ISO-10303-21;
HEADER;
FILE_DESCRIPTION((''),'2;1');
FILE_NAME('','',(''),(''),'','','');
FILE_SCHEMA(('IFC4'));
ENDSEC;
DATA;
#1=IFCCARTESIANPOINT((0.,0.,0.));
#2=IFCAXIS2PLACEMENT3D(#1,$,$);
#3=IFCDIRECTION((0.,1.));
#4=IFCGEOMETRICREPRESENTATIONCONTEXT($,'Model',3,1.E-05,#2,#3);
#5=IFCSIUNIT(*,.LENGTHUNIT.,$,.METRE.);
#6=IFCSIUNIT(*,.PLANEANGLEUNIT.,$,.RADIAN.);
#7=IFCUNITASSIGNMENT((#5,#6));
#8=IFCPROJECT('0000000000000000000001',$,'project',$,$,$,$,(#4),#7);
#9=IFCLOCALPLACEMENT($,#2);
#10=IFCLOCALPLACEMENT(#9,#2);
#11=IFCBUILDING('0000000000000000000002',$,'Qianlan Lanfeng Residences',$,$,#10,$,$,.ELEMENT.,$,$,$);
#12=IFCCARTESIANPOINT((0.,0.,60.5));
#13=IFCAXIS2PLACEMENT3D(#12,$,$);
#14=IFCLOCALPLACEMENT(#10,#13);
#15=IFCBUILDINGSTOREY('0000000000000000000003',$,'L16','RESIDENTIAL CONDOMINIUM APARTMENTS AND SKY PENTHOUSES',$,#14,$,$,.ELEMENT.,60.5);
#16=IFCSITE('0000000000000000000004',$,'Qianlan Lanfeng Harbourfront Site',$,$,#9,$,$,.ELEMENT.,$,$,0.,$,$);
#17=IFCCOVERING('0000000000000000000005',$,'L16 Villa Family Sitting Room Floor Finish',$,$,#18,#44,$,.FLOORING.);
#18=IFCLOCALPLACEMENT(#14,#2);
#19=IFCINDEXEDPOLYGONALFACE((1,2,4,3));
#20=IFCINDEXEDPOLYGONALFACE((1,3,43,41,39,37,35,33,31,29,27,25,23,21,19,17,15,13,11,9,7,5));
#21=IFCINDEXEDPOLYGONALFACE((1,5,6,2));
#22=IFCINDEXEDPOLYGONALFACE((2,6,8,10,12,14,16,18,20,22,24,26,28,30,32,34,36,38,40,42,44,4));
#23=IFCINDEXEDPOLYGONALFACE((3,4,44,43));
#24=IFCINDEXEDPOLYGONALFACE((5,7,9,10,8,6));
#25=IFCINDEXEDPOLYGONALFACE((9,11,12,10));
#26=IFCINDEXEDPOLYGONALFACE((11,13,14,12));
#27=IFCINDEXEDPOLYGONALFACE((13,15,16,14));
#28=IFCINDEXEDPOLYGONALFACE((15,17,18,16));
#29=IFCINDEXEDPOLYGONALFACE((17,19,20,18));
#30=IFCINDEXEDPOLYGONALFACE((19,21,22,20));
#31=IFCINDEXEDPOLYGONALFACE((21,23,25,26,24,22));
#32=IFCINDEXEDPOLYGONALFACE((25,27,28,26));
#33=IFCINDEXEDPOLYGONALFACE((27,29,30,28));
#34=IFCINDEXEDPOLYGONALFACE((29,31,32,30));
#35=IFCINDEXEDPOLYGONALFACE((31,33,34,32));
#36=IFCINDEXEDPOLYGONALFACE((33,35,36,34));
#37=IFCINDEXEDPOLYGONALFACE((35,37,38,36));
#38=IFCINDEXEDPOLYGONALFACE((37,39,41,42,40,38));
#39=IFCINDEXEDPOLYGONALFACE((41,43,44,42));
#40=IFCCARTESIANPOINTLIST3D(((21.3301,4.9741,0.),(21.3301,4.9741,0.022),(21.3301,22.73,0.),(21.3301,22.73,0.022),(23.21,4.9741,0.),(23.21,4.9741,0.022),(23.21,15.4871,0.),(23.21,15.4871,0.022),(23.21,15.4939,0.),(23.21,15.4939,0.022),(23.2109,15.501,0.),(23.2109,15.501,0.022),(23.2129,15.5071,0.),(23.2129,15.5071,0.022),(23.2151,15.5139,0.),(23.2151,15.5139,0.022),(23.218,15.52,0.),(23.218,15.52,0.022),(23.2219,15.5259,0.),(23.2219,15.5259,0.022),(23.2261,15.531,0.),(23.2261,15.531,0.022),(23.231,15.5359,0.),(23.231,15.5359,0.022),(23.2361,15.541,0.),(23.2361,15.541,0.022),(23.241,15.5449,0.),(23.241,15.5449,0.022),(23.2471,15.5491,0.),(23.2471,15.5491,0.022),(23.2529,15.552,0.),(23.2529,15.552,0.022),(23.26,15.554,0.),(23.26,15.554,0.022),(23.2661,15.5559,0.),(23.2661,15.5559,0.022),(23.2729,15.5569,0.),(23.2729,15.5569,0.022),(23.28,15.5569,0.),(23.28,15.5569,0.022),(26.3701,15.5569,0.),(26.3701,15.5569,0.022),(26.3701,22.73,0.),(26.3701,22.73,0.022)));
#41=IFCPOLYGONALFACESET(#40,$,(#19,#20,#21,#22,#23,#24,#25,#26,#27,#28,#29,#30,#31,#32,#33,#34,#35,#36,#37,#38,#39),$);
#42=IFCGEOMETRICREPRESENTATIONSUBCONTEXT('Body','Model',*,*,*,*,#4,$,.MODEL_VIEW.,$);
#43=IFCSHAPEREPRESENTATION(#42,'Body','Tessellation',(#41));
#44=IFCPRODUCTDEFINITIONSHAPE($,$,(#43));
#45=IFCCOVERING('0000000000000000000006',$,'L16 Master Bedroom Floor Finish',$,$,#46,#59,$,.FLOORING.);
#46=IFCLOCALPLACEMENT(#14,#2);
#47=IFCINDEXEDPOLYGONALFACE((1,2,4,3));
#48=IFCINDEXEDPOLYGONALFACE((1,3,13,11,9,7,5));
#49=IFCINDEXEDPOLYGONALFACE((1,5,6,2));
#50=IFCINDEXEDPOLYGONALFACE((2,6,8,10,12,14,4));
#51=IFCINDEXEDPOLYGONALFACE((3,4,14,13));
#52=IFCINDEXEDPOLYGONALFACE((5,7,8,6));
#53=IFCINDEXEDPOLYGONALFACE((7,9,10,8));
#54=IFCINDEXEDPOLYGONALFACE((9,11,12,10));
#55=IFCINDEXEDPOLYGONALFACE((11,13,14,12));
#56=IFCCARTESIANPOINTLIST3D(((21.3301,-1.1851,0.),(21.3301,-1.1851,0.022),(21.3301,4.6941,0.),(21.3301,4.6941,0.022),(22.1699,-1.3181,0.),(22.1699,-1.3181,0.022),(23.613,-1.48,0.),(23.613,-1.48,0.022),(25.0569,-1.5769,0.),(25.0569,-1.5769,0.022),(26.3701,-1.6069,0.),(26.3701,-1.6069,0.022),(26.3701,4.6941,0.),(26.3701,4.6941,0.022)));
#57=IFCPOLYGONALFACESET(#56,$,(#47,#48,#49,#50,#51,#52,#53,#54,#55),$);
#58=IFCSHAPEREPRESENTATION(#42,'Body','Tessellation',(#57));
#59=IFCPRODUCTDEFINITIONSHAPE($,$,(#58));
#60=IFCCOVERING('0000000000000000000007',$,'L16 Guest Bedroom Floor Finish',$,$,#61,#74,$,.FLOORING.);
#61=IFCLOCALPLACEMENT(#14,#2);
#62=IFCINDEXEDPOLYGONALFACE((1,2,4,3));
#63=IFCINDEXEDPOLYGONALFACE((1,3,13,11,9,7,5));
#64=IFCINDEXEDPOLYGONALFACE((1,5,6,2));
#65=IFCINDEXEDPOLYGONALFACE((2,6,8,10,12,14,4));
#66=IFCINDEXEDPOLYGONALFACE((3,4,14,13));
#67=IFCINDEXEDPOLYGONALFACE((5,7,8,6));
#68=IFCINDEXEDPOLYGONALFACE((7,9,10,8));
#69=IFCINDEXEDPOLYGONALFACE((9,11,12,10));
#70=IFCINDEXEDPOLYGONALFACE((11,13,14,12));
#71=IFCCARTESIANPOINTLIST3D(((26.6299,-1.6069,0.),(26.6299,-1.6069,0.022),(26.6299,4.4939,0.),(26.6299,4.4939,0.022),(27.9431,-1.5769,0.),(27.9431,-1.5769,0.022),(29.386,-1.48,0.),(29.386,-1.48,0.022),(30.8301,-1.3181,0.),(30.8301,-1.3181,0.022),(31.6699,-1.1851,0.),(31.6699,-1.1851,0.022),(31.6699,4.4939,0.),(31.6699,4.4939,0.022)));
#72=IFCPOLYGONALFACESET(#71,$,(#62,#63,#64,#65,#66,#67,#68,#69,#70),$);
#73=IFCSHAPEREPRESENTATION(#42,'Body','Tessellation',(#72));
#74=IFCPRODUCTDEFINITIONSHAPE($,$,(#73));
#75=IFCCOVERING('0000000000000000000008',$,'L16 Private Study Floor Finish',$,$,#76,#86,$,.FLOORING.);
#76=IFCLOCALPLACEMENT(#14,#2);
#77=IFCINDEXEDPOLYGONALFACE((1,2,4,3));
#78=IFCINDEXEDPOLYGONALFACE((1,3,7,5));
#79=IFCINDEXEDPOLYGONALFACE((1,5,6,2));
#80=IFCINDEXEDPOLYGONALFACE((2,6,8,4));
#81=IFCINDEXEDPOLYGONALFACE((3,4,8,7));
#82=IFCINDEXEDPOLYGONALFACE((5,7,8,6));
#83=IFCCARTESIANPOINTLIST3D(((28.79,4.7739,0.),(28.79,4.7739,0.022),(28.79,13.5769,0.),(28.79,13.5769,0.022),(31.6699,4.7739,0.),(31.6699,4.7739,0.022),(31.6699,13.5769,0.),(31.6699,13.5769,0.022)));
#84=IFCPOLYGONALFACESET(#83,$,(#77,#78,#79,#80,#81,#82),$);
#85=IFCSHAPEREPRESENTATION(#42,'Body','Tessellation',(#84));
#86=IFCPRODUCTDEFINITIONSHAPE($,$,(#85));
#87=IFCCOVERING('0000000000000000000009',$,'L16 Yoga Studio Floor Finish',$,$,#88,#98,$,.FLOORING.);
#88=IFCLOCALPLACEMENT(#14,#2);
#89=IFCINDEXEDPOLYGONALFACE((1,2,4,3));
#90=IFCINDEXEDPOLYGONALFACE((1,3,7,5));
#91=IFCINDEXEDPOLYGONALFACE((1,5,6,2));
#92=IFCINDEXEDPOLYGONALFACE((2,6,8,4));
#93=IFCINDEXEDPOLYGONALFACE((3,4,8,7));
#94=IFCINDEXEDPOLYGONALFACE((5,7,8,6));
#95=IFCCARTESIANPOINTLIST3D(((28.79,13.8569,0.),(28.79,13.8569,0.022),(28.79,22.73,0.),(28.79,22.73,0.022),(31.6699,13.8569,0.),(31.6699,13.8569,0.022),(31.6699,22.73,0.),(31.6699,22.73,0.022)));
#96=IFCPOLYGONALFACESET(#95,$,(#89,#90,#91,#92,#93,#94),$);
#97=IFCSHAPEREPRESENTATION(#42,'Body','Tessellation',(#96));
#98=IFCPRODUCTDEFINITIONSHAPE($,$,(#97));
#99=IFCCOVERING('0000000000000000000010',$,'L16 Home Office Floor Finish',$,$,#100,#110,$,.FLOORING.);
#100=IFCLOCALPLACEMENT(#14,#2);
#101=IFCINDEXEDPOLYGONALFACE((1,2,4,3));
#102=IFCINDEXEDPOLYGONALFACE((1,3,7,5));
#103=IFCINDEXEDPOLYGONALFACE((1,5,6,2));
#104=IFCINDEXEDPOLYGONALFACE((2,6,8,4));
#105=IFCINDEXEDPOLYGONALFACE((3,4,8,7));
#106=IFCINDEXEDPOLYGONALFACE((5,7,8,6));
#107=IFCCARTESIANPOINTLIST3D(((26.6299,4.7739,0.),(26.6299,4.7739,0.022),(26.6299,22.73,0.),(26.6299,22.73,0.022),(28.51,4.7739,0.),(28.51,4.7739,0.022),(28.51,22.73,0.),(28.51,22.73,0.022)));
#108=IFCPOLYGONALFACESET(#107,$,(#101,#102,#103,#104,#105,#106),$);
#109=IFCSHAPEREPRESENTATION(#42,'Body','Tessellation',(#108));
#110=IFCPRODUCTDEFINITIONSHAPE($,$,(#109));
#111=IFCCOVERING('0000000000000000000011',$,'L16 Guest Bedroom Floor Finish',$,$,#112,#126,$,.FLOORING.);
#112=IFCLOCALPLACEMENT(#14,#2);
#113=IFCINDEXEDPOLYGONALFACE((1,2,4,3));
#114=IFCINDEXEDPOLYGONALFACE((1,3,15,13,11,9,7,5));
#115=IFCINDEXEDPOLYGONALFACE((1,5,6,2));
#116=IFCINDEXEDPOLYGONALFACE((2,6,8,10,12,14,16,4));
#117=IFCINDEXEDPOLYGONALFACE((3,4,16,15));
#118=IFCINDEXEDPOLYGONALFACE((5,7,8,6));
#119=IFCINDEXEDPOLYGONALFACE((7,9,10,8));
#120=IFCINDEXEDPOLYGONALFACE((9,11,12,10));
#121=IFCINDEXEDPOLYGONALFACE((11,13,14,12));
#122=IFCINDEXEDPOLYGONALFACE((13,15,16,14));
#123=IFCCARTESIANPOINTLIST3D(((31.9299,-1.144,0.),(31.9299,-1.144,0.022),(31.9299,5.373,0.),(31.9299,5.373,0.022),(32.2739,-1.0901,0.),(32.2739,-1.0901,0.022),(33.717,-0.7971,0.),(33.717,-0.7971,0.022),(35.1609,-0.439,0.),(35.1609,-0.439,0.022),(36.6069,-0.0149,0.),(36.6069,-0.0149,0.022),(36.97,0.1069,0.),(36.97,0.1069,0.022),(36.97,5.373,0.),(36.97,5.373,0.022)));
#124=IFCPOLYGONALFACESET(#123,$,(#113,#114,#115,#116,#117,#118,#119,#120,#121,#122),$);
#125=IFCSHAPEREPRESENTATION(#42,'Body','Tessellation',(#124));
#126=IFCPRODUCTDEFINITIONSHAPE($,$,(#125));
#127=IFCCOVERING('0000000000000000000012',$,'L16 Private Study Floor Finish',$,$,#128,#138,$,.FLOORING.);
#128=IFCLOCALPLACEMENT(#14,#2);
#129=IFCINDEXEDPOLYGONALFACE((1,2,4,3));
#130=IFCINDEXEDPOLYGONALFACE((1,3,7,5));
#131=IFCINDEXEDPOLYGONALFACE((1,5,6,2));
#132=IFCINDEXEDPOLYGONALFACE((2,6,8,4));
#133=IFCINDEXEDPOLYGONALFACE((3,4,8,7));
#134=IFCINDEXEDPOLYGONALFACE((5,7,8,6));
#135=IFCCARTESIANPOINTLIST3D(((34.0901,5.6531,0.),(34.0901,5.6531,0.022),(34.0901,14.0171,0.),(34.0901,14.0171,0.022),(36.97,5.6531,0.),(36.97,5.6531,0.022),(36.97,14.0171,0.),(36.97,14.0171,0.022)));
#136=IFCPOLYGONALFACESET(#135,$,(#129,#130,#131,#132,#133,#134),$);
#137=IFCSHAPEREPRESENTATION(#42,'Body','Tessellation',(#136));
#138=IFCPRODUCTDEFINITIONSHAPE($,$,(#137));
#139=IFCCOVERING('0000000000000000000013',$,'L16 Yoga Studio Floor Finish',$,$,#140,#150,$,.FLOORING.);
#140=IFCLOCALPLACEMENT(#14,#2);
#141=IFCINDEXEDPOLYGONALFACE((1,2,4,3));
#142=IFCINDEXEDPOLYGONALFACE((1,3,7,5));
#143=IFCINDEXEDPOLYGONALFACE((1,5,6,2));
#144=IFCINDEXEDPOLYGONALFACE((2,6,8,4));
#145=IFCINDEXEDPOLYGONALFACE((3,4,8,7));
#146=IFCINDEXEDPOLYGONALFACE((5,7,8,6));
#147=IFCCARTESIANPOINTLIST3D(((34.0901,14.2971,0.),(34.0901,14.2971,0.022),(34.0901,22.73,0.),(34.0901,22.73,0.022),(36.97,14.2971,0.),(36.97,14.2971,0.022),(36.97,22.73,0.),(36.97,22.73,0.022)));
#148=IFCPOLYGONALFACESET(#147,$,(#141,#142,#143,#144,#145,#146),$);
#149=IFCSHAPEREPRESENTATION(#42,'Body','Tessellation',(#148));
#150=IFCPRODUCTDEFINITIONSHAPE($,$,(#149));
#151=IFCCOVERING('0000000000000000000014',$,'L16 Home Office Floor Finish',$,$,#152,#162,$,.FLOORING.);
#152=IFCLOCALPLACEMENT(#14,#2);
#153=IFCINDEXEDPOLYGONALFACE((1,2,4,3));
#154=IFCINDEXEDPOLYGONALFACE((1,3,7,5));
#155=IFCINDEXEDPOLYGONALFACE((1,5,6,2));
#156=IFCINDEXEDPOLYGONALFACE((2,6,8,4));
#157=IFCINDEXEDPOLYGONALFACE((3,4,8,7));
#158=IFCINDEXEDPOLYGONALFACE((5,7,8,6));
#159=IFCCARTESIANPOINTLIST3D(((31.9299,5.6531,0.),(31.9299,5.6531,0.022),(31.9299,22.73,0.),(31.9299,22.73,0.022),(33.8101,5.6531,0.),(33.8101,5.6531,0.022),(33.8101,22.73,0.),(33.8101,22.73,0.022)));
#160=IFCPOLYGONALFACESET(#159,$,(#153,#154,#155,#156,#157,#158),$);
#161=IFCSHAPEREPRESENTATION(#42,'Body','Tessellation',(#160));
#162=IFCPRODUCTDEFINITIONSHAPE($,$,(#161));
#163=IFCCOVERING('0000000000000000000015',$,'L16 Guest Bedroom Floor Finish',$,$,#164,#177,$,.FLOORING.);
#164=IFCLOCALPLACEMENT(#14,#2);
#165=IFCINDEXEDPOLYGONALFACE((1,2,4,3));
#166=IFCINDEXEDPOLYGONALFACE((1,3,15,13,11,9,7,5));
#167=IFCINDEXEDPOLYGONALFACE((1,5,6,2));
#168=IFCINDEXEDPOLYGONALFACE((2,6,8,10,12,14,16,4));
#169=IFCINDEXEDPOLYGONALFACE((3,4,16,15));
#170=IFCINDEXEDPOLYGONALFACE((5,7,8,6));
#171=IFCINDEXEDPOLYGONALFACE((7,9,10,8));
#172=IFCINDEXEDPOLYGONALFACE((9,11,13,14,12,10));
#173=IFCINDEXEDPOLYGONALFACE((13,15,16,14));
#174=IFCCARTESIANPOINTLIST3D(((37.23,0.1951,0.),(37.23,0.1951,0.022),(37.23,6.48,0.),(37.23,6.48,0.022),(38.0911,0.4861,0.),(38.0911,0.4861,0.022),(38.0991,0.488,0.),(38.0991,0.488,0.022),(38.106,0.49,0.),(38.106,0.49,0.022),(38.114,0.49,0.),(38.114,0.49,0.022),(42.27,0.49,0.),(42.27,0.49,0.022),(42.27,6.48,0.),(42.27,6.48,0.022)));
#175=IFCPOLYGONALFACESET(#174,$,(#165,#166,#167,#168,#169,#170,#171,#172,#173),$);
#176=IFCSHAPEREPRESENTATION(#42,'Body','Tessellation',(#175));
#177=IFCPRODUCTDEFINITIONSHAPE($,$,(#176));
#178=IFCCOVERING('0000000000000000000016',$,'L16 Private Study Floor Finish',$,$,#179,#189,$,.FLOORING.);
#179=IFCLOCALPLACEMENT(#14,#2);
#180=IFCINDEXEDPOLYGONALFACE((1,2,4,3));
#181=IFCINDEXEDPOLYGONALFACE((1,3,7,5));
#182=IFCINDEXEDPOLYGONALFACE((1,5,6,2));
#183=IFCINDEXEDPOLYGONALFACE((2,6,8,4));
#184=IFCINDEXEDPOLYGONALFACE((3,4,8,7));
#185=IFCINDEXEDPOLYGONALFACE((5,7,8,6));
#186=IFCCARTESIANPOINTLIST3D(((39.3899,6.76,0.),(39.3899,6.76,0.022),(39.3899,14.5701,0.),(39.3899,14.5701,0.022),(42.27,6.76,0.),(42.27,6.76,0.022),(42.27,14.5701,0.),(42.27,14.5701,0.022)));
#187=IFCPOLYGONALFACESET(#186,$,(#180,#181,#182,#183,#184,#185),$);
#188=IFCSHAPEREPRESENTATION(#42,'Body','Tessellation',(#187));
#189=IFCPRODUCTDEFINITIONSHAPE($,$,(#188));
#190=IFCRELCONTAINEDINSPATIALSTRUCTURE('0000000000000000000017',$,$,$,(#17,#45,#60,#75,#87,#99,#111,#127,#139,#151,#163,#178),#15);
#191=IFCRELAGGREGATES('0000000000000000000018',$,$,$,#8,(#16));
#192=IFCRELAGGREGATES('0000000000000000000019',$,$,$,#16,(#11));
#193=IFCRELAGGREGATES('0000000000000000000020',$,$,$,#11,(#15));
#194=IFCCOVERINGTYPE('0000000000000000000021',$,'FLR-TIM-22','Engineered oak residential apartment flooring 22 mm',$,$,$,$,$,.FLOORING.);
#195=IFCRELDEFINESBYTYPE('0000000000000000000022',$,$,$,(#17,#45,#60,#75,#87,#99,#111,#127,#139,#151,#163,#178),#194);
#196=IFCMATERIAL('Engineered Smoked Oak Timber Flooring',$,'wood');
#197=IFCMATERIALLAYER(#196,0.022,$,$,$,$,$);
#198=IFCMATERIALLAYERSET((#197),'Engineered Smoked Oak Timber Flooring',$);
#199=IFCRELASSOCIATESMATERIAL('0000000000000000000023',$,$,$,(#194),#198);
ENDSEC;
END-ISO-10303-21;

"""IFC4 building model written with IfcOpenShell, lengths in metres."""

from ifc_helpers import new_model, si_unit, direction, frame, origin, place, context, subcontext, project, spatial, polyline, outline, extrude, material, layer, layer_set, type_object, element, save


model = new_model("IFC4")

# Units and contexts
model_context = context("Model", 3, precision=1e-05, world=origin(), true_north=direction((0.0, 1.0)))
body_context = subcontext(model_context, "Body", "Model", "MODEL_VIEW")
ifc_project = project(units=[si_unit("LENGTHUNIT", "METRE"), si_unit("PLANEANGLEUNIT", "RADIAN")], contexts=[model_context])

# Site, building, storey
site_placement = place(None, origin())
site = spatial("IfcSite", under=ifc_project, at=site_placement, Name="Qianlan Lanfeng Harbourfront Site", CompositionType="ELEMENT", RefElevation=0.0)
building_placement = place(site_placement, origin())
building = spatial("IfcBuilding", under=site, at=building_placement, Name="Qianlan Lanfeng Residences", CompositionType="ELEMENT")
storey_placement = place(building_placement, frame((0.0, 0.0, 60.5)))
storey = spatial("IfcBuildingStorey", under=building, at=storey_placement, Name="L16", Description="RESIDENTIAL CONDOMINIUM APARTMENTS AND SKY PENTHOUSES", CompositionType="ELEMENT", Elevation=60.5)

# Coverings
ifc_material_1 = material(Name="Engineered Smoked Oak Timber Flooring", Category="wood")
ifc_layer = layer(ifc_material_1, 0.022)
ifc_layer_set = layer_set([ifc_layer], Name="Engineered Smoked Oak Timber Flooring")
covering_type = type_object("IfcCoveringType", Name="FLR-TIM-22", Description="Engineered oak residential apartment flooring 22 mm", PredefinedType="FLOORING", material=ifc_layer_set)
covering_1_placement = place(storey_placement, origin())
element("IfcCovering", 1, at=covering_1_placement, inside=storey, type_object=covering_type, Name="L16 Villa Family Sitting Room Floor Finish", PredefinedType="FLOORING", context=body_context, shape_type="SweptSolid", body=[
    extrude(outline(polyline([(21.3301, 4.9741), (23.21, 4.9741), (23.21, 15.4871), (23.21, 15.4939), (23.2109, 15.501), (23.2129, 15.5071), (23.2151, 15.5139), (23.218, 15.52), (23.2219, 15.5259), (23.2261, 15.531), (23.231, 15.5359), (23.2361, 15.541), (23.241, 15.5449), (23.2471, 15.5491), (23.2529, 15.552), (23.26, 15.554), (23.2661, 15.5559), (23.2729, 15.5569), (23.28, 15.5569), (26.3701, 15.5569), (26.3701, 22.73), (21.3301, 22.73), (21.3301, 4.9741)])), origin(), (0.0, 0.0, 1.0), 0.022),
])
covering_2_placement = place(storey_placement, origin())
element("IfcCovering", 2, at=covering_2_placement, inside=storey, type_object=covering_type, Name="L16 Master Bedroom Floor Finish", PredefinedType="FLOORING", context=body_context, shape_type="SweptSolid", body=[
    extrude(outline(polyline([(21.3301, 4.6941), (21.3301, -1.1851), (22.1699, -1.3181), (23.613, -1.48), (25.0569, -1.5769), (26.3701, -1.6069), (26.3701, 4.6941), (21.3301, 4.6941)])), origin(), (0.0, 0.0, 1.0), 0.022),
])
covering_3_placement = place(storey_placement, origin())
element("IfcCovering", 3, at=covering_3_placement, inside=storey, type_object=covering_type, Name="L16 Guest Bedroom Floor Finish", PredefinedType="FLOORING", context=body_context, shape_type="SweptSolid", body=[
    extrude(outline(polyline([(26.6299, 4.4939), (26.6299, -1.6069), (27.9431, -1.5769), (29.386, -1.48), (30.8301, -1.3181), (31.6699, -1.1851), (31.6699, 4.4939), (26.6299, 4.4939)])), origin(), (0.0, 0.0, 1.0), 0.022),
])
covering_4_placement = place(storey_placement, origin())
element("IfcCovering", 4, at=covering_4_placement, inside=storey, type_object=covering_type, Name="L16 Private Study Floor Finish", PredefinedType="FLOORING", context=body_context, shape_type="SweptSolid", body=[
    extrude(outline(polyline([(28.79, 4.7739), (31.6699, 4.7739), (31.6699, 13.5769), (28.79, 13.5769), (28.79, 4.7739)])), origin(), (0.0, 0.0, 1.0), 0.022),
])
covering_5_placement = place(storey_placement, origin())
element("IfcCovering", 5, at=covering_5_placement, inside=storey, type_object=covering_type, Name="L16 Yoga Studio Floor Finish", PredefinedType="FLOORING", context=body_context, shape_type="SweptSolid", body=[
    extrude(outline(polyline([(28.79, 13.8569), (31.6699, 13.8569), (31.6699, 22.73), (28.79, 22.73), (28.79, 13.8569)])), origin(), (0.0, 0.0, 1.0), 0.022),
])
covering_6_placement = place(storey_placement, origin())
element("IfcCovering", 6, at=covering_6_placement, inside=storey, type_object=covering_type, Name="L16 Home Office Floor Finish", PredefinedType="FLOORING", context=body_context, shape_type="SweptSolid", body=[
    extrude(outline(polyline([(26.6299, 4.7739), (28.51, 4.7739), (28.51, 22.73), (26.6299, 22.73), (26.6299, 4.7739)])), origin(), (0.0, 0.0, 1.0), 0.022),
])
covering_7_placement = place(storey_placement, origin())
element("IfcCovering", 7, at=covering_7_placement, inside=storey, type_object=covering_type, Name="L16 Guest Bedroom Floor Finish", PredefinedType="FLOORING", context=body_context, shape_type="SweptSolid", body=[
    extrude(outline(polyline([(31.9299, 5.373), (31.9299, -1.144), (32.2739, -1.0901), (33.717, -0.7971), (35.1609, -0.439), (36.6069, -0.0149), (36.97, 0.1069), (36.97, 5.373), (31.9299, 5.373)])), origin(), (0.0, 0.0, 1.0), 0.022),
])
covering_8_placement = place(storey_placement, origin())
element("IfcCovering", 8, at=covering_8_placement, inside=storey, type_object=covering_type, Name="L16 Private Study Floor Finish", PredefinedType="FLOORING", context=body_context, shape_type="SweptSolid", body=[
    extrude(outline(polyline([(34.0901, 5.6531), (36.97, 5.6531), (36.97, 14.0171), (34.0901, 14.0171), (34.0901, 5.6531)])), origin(), (0.0, 0.0, 1.0), 0.022),
])
covering_9_placement = place(storey_placement, origin())
element("IfcCovering", 9, at=covering_9_placement, inside=storey, type_object=covering_type, Name="L16 Yoga Studio Floor Finish", PredefinedType="FLOORING", context=body_context, shape_type="SweptSolid", body=[
    extrude(outline(polyline([(34.0901, 14.2971), (36.97, 14.2971), (36.97, 22.73), (34.0901, 22.73), (34.0901, 14.2971)])), origin(), (0.0, 0.0, 1.0), 0.022),
])
covering_10_placement = place(storey_placement, origin())
element("IfcCovering", 10, at=covering_10_placement, inside=storey, type_object=covering_type, Name="L16 Home Office Floor Finish", PredefinedType="FLOORING", context=body_context, shape_type="SweptSolid", body=[
    extrude(outline(polyline([(31.9299, 5.6531), (33.8101, 5.6531), (33.8101, 22.73), (31.9299, 22.73), (31.9299, 5.6531)])), origin(), (0.0, 0.0, 1.0), 0.022),
])
covering_11_placement = place(storey_placement, origin())
element("IfcCovering", 11, at=covering_11_placement, inside=storey, type_object=covering_type, Name="L16 Guest Bedroom Floor Finish", PredefinedType="FLOORING", context=body_context, shape_type="SweptSolid", body=[
    extrude(outline(polyline([(37.23, 6.48), (37.23, 0.1951), (38.0911, 0.4861), (38.0991, 0.488), (38.106, 0.49), (38.114, 0.49), (42.27, 0.49), (42.27, 6.48), (37.23, 6.48)])), origin(), (0.0, 0.0, 1.0), 0.022),
])
covering_12_placement = place(storey_placement, origin())
element("IfcCovering", 12, at=covering_12_placement, inside=storey, type_object=covering_type, Name="L16 Private Study Floor Finish", PredefinedType="FLOORING", context=body_context, shape_type="SweptSolid", body=[
    extrude(outline(polyline([(39.3899, 6.76), (42.27, 6.76), (42.27, 14.5701), (39.3899, 14.5701), (39.3899, 6.76)])), origin(), (0.0, 0.0, 1.0), 0.022),
])

save(model, "model.ifc")
